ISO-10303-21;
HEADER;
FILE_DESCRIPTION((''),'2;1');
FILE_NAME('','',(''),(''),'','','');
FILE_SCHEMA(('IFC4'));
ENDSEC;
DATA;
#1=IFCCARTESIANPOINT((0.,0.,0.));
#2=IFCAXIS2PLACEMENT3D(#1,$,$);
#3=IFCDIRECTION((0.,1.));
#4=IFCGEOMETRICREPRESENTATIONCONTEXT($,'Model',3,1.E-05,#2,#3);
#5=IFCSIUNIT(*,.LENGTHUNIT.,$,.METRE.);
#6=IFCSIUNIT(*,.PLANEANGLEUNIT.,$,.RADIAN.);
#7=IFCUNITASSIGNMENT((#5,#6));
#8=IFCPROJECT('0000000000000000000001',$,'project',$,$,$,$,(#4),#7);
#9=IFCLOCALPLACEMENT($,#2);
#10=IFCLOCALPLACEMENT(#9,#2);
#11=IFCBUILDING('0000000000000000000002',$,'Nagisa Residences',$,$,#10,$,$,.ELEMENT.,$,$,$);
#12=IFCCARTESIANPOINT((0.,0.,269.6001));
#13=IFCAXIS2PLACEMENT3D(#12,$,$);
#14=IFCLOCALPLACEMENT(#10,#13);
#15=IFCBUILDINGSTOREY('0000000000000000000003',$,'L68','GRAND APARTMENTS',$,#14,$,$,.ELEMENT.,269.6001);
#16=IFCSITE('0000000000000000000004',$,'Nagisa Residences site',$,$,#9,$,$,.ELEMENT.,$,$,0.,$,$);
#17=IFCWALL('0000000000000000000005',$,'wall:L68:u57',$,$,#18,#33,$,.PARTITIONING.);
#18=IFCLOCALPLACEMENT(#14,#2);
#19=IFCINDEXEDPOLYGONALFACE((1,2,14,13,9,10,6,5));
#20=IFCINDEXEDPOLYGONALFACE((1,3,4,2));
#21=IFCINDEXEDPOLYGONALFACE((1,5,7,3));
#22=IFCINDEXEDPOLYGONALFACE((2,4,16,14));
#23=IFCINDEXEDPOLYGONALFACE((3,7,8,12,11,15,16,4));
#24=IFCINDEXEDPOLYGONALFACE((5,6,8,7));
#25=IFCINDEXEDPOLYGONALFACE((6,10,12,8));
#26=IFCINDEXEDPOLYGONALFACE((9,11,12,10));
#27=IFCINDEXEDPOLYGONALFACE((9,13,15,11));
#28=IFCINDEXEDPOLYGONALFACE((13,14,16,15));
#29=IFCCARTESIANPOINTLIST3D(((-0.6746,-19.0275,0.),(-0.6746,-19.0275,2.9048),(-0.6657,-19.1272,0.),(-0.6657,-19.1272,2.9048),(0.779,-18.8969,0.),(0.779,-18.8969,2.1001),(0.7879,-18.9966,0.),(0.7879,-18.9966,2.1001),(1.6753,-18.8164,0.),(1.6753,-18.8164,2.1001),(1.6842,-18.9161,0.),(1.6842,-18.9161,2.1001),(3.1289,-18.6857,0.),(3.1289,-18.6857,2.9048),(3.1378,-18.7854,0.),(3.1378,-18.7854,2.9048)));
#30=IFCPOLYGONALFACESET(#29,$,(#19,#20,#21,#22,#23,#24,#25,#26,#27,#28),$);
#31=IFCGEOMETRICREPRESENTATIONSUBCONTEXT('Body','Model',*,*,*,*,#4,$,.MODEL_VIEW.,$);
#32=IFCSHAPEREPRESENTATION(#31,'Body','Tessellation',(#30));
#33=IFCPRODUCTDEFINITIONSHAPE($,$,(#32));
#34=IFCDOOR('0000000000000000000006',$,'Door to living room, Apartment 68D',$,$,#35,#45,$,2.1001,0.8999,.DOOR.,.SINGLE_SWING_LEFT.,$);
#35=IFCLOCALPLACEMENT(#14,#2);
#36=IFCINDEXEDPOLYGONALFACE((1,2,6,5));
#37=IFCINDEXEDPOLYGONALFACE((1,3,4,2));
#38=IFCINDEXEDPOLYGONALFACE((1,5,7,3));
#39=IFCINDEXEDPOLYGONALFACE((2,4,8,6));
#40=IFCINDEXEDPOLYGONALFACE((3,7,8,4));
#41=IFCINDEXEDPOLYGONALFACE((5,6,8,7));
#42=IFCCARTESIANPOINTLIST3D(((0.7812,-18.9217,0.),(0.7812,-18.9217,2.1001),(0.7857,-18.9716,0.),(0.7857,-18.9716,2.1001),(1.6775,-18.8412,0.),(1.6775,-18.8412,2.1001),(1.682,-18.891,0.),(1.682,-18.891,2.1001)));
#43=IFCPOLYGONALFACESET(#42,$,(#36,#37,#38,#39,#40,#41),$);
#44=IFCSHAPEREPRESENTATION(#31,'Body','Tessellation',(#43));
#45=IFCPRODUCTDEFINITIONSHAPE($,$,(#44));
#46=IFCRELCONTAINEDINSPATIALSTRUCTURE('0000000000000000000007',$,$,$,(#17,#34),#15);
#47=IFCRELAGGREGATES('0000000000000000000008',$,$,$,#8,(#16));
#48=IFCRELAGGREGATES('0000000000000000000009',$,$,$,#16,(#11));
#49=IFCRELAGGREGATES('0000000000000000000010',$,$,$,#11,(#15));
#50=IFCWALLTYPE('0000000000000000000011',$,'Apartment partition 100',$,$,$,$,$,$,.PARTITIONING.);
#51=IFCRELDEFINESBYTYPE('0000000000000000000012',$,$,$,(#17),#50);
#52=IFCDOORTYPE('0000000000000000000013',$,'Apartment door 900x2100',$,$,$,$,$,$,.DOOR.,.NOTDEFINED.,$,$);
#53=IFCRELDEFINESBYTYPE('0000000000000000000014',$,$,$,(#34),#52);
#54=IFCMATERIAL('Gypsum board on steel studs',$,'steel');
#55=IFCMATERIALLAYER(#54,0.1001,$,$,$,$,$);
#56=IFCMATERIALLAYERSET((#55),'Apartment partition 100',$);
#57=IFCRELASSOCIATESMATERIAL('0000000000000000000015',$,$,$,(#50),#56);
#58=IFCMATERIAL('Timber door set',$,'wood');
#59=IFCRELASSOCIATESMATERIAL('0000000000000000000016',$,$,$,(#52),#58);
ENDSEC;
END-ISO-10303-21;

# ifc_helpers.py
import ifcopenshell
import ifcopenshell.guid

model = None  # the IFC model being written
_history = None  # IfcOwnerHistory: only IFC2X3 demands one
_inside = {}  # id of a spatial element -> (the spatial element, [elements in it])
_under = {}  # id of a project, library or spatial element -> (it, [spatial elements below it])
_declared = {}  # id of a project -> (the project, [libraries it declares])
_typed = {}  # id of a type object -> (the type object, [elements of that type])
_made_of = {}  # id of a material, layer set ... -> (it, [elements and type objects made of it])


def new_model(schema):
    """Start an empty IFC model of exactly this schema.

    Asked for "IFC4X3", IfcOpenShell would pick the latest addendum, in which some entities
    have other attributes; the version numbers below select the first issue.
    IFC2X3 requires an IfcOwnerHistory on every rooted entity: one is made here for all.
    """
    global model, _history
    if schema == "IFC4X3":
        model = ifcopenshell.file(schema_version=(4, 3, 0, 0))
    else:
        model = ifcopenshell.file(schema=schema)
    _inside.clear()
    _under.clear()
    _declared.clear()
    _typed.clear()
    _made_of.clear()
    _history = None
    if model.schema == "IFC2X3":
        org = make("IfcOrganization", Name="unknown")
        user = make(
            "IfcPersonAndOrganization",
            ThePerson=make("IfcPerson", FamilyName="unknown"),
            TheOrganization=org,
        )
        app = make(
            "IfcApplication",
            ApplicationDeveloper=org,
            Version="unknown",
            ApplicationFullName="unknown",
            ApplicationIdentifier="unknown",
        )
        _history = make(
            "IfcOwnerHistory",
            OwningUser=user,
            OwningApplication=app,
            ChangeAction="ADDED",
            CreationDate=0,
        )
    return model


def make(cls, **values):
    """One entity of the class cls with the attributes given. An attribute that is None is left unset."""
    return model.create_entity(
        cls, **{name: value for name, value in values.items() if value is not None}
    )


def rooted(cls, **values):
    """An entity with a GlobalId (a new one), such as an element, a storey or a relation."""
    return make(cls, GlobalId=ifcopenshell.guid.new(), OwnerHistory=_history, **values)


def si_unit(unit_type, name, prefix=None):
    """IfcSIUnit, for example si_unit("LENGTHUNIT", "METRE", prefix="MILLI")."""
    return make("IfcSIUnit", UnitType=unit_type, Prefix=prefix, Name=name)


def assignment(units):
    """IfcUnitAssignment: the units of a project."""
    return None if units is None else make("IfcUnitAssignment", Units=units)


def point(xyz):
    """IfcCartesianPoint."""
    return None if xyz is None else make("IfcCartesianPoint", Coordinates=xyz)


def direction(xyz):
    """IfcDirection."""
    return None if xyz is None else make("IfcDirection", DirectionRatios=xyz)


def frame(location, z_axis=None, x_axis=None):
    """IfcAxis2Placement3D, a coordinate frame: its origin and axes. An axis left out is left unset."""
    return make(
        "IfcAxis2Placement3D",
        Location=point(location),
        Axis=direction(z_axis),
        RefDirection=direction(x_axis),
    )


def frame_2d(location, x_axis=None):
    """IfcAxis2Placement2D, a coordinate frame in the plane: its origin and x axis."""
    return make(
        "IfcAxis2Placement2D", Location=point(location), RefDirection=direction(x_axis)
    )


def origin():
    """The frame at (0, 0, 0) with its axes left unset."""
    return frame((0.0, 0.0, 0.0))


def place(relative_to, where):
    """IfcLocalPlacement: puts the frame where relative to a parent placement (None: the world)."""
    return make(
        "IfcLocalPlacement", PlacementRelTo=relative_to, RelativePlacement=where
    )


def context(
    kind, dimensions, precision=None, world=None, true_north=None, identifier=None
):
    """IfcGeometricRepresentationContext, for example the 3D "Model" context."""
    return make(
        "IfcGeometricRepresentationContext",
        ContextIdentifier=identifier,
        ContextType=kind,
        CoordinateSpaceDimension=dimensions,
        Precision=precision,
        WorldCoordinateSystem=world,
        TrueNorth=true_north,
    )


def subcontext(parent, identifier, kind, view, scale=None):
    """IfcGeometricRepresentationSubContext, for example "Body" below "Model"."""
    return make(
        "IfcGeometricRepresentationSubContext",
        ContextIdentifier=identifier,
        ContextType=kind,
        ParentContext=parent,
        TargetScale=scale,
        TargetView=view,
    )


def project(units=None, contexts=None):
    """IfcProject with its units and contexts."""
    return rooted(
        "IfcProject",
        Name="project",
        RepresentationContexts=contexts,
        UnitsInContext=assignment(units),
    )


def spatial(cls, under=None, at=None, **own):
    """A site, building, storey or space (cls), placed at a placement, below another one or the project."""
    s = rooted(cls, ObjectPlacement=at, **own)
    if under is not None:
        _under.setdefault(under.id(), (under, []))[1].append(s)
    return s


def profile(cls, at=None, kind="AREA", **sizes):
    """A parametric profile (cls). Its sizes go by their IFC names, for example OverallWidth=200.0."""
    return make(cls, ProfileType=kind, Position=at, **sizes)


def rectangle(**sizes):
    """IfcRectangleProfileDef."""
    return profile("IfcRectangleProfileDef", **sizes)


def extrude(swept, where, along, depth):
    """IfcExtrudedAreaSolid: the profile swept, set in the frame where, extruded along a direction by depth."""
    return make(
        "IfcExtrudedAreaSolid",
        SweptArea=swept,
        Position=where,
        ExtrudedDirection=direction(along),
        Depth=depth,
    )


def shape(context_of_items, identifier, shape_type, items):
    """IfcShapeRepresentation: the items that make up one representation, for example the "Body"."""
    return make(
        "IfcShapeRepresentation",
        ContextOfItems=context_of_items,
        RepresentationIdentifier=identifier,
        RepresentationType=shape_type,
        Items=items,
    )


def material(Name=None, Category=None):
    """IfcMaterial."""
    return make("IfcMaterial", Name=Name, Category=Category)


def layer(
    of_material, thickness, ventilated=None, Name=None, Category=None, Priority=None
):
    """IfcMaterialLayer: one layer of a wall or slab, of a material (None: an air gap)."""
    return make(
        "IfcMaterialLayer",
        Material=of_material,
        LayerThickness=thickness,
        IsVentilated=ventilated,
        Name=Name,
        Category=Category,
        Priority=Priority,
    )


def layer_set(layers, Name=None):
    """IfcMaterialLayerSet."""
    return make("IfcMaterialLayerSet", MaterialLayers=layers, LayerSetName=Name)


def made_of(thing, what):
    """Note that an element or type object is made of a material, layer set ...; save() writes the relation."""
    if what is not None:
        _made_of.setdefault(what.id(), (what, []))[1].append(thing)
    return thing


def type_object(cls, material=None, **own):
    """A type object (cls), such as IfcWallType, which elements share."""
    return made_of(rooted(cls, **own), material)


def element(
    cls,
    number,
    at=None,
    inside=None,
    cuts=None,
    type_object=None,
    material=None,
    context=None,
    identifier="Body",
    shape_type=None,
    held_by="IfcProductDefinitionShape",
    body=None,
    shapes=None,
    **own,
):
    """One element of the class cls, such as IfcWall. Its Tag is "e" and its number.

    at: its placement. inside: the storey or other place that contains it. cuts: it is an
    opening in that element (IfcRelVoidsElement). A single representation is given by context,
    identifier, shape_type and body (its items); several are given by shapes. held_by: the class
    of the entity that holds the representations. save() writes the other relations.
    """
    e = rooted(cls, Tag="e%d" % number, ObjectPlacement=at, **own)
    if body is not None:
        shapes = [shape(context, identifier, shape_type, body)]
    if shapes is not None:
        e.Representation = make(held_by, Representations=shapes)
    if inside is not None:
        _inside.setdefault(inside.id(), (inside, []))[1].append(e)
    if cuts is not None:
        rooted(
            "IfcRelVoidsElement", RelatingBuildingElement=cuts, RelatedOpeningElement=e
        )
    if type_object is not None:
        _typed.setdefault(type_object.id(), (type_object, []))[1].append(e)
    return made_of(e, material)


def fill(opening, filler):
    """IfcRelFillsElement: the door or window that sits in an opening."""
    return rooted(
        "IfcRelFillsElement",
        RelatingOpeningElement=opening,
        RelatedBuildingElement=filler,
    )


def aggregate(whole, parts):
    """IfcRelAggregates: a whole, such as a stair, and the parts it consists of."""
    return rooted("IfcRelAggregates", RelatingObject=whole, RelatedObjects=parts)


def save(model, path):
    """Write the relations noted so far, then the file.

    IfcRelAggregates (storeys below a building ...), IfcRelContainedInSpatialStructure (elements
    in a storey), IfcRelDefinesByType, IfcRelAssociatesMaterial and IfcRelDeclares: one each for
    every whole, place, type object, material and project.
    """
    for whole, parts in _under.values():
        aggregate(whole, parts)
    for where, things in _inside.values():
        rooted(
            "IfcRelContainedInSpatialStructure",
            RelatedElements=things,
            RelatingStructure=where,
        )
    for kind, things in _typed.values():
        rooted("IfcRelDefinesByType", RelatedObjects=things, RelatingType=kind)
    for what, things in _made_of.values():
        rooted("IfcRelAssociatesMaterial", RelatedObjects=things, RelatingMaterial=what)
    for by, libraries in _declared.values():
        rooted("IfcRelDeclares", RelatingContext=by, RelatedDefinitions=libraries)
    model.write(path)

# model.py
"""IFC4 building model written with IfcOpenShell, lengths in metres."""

from ifc_helpers import new_model, si_unit, direction, frame, frame_2d, origin, place, context, subcontext, project, spatial, rectangle, extrude, material, layer, layer_set, type_object, element, fill, save


model = new_model("IFC4")

# Units and contexts
model_context = context("Model", 3, precision=1e-05, world=origin(), true_north=direction((0.0, 1.0)))
body_context = subcontext(model_context, "Body", "Model", "MODEL_VIEW")
ifc_project = project(units=[si_unit("LENGTHUNIT", "METRE"), si_unit("PLANEANGLEUNIT", "RADIAN")], contexts=[model_context])

# Site, building, storey
site_placement = place(None, origin())
site = spatial("IfcSite", under=ifc_project, at=site_placement, Name="Nagisa Residences site", CompositionType="ELEMENT", RefElevation=0.0)
building_placement = place(site_placement, origin())
building = spatial("IfcBuilding", under=site, at=building_placement, Name="Nagisa Residences", CompositionType="ELEMENT")
storey_placement = place(building_placement, frame((0.0, 0.0, 269.6001)))
storey = spatial("IfcBuildingStorey", under=building, at=storey_placement, Name="L68", Description="GRAND APARTMENTS", CompositionType="ELEMENT", Elevation=269.6001)

# Shared definitions
ifc_material_1 = material(Name="Gypsum board on steel studs", Category="steel")
ifc_layer_1 = layer(ifc_material_1, 0.1001)
ifc_layer_set_1 = layer_set([ifc_layer_1], Name="Apartment partition 100")
wall_type_1 = type_object("IfcWallType", Name="Apartment partition 100", PredefinedType="PARTITIONING", material=ifc_layer_set_1)
ifc_material_2 = material(Name="Timber door set", Category="wood")
door_type_1 = type_object("IfcDoorType", Name="Apartment door 900x2100", OperationType="NOTDEFINED", PredefinedType="DOOR", material=ifc_material_2)

# Wall, opening, door
wall_1_placement = place(storey_placement, frame((-0.6702, -19.0774, 0.0), z_axis=(0.0, 0.0, 1.0), x_axis=(0.995986, 0.089504, 0.0)))
wall_1 = element("IfcWall", 1, at=wall_1_placement, inside=storey, type_object=wall_type_1, Name="wall:L68:u57", PredefinedType="PARTITIONING", context=body_context, shape_type="SweptSolid", body=[
    extrude(rectangle(XDim=3.8188, YDim=0.1001, at=frame_2d((1.9094, 0.0))), origin(), (0.0, 0.0, 1.0), 2.9048),
])
opening_1_placement = place(wall_1_placement, frame((1.4595, 0.0, 0.0)))
opening_1 = element("IfcOpeningElement", 2, at=opening_1_placement, cuts=wall_1, PredefinedType="OPENING", context=body_context, shape_type="SweptSolid", body=[
    extrude(rectangle(XDim=0.8999, YDim=2.1001, at=frame_2d((0.45, 1.05))), frame((0.0, 0.0601, 0.0), z_axis=(0.0, -1.0, 0.0), x_axis=(1.0, 0.0, 0.0)), (0.0, 0.0, 1.0), 0.1201),
])
door_1_placement = place(opening_1_placement, frame((0.8999, 0.0, 0.0), x_axis=(-1.0, 0.0, 0.0)))
door_1 = element("IfcDoor", 3, at=door_1_placement, inside=storey, type_object=door_type_1, Name="Door to living room, Apartment 68D", OperationType="SINGLE_SWING_LEFT", OverallHeight=2.1001, OverallWidth=0.8999, PredefinedType="DOOR", context=body_context, shape_type="SweptSolid", body=[
    extrude(rectangle(XDim=0.8999, YDim=2.1001, at=frame_2d((0.45, 1.05))), frame((0.0, 0.0249, 0.0), z_axis=(0.0, -1.0, 0.0), x_axis=(1.0, 0.0, 0.0)), (0.0, 0.0, 1.0), 0.05),
])
fill(opening_1, door_1)

save(model, "model.ifc")
